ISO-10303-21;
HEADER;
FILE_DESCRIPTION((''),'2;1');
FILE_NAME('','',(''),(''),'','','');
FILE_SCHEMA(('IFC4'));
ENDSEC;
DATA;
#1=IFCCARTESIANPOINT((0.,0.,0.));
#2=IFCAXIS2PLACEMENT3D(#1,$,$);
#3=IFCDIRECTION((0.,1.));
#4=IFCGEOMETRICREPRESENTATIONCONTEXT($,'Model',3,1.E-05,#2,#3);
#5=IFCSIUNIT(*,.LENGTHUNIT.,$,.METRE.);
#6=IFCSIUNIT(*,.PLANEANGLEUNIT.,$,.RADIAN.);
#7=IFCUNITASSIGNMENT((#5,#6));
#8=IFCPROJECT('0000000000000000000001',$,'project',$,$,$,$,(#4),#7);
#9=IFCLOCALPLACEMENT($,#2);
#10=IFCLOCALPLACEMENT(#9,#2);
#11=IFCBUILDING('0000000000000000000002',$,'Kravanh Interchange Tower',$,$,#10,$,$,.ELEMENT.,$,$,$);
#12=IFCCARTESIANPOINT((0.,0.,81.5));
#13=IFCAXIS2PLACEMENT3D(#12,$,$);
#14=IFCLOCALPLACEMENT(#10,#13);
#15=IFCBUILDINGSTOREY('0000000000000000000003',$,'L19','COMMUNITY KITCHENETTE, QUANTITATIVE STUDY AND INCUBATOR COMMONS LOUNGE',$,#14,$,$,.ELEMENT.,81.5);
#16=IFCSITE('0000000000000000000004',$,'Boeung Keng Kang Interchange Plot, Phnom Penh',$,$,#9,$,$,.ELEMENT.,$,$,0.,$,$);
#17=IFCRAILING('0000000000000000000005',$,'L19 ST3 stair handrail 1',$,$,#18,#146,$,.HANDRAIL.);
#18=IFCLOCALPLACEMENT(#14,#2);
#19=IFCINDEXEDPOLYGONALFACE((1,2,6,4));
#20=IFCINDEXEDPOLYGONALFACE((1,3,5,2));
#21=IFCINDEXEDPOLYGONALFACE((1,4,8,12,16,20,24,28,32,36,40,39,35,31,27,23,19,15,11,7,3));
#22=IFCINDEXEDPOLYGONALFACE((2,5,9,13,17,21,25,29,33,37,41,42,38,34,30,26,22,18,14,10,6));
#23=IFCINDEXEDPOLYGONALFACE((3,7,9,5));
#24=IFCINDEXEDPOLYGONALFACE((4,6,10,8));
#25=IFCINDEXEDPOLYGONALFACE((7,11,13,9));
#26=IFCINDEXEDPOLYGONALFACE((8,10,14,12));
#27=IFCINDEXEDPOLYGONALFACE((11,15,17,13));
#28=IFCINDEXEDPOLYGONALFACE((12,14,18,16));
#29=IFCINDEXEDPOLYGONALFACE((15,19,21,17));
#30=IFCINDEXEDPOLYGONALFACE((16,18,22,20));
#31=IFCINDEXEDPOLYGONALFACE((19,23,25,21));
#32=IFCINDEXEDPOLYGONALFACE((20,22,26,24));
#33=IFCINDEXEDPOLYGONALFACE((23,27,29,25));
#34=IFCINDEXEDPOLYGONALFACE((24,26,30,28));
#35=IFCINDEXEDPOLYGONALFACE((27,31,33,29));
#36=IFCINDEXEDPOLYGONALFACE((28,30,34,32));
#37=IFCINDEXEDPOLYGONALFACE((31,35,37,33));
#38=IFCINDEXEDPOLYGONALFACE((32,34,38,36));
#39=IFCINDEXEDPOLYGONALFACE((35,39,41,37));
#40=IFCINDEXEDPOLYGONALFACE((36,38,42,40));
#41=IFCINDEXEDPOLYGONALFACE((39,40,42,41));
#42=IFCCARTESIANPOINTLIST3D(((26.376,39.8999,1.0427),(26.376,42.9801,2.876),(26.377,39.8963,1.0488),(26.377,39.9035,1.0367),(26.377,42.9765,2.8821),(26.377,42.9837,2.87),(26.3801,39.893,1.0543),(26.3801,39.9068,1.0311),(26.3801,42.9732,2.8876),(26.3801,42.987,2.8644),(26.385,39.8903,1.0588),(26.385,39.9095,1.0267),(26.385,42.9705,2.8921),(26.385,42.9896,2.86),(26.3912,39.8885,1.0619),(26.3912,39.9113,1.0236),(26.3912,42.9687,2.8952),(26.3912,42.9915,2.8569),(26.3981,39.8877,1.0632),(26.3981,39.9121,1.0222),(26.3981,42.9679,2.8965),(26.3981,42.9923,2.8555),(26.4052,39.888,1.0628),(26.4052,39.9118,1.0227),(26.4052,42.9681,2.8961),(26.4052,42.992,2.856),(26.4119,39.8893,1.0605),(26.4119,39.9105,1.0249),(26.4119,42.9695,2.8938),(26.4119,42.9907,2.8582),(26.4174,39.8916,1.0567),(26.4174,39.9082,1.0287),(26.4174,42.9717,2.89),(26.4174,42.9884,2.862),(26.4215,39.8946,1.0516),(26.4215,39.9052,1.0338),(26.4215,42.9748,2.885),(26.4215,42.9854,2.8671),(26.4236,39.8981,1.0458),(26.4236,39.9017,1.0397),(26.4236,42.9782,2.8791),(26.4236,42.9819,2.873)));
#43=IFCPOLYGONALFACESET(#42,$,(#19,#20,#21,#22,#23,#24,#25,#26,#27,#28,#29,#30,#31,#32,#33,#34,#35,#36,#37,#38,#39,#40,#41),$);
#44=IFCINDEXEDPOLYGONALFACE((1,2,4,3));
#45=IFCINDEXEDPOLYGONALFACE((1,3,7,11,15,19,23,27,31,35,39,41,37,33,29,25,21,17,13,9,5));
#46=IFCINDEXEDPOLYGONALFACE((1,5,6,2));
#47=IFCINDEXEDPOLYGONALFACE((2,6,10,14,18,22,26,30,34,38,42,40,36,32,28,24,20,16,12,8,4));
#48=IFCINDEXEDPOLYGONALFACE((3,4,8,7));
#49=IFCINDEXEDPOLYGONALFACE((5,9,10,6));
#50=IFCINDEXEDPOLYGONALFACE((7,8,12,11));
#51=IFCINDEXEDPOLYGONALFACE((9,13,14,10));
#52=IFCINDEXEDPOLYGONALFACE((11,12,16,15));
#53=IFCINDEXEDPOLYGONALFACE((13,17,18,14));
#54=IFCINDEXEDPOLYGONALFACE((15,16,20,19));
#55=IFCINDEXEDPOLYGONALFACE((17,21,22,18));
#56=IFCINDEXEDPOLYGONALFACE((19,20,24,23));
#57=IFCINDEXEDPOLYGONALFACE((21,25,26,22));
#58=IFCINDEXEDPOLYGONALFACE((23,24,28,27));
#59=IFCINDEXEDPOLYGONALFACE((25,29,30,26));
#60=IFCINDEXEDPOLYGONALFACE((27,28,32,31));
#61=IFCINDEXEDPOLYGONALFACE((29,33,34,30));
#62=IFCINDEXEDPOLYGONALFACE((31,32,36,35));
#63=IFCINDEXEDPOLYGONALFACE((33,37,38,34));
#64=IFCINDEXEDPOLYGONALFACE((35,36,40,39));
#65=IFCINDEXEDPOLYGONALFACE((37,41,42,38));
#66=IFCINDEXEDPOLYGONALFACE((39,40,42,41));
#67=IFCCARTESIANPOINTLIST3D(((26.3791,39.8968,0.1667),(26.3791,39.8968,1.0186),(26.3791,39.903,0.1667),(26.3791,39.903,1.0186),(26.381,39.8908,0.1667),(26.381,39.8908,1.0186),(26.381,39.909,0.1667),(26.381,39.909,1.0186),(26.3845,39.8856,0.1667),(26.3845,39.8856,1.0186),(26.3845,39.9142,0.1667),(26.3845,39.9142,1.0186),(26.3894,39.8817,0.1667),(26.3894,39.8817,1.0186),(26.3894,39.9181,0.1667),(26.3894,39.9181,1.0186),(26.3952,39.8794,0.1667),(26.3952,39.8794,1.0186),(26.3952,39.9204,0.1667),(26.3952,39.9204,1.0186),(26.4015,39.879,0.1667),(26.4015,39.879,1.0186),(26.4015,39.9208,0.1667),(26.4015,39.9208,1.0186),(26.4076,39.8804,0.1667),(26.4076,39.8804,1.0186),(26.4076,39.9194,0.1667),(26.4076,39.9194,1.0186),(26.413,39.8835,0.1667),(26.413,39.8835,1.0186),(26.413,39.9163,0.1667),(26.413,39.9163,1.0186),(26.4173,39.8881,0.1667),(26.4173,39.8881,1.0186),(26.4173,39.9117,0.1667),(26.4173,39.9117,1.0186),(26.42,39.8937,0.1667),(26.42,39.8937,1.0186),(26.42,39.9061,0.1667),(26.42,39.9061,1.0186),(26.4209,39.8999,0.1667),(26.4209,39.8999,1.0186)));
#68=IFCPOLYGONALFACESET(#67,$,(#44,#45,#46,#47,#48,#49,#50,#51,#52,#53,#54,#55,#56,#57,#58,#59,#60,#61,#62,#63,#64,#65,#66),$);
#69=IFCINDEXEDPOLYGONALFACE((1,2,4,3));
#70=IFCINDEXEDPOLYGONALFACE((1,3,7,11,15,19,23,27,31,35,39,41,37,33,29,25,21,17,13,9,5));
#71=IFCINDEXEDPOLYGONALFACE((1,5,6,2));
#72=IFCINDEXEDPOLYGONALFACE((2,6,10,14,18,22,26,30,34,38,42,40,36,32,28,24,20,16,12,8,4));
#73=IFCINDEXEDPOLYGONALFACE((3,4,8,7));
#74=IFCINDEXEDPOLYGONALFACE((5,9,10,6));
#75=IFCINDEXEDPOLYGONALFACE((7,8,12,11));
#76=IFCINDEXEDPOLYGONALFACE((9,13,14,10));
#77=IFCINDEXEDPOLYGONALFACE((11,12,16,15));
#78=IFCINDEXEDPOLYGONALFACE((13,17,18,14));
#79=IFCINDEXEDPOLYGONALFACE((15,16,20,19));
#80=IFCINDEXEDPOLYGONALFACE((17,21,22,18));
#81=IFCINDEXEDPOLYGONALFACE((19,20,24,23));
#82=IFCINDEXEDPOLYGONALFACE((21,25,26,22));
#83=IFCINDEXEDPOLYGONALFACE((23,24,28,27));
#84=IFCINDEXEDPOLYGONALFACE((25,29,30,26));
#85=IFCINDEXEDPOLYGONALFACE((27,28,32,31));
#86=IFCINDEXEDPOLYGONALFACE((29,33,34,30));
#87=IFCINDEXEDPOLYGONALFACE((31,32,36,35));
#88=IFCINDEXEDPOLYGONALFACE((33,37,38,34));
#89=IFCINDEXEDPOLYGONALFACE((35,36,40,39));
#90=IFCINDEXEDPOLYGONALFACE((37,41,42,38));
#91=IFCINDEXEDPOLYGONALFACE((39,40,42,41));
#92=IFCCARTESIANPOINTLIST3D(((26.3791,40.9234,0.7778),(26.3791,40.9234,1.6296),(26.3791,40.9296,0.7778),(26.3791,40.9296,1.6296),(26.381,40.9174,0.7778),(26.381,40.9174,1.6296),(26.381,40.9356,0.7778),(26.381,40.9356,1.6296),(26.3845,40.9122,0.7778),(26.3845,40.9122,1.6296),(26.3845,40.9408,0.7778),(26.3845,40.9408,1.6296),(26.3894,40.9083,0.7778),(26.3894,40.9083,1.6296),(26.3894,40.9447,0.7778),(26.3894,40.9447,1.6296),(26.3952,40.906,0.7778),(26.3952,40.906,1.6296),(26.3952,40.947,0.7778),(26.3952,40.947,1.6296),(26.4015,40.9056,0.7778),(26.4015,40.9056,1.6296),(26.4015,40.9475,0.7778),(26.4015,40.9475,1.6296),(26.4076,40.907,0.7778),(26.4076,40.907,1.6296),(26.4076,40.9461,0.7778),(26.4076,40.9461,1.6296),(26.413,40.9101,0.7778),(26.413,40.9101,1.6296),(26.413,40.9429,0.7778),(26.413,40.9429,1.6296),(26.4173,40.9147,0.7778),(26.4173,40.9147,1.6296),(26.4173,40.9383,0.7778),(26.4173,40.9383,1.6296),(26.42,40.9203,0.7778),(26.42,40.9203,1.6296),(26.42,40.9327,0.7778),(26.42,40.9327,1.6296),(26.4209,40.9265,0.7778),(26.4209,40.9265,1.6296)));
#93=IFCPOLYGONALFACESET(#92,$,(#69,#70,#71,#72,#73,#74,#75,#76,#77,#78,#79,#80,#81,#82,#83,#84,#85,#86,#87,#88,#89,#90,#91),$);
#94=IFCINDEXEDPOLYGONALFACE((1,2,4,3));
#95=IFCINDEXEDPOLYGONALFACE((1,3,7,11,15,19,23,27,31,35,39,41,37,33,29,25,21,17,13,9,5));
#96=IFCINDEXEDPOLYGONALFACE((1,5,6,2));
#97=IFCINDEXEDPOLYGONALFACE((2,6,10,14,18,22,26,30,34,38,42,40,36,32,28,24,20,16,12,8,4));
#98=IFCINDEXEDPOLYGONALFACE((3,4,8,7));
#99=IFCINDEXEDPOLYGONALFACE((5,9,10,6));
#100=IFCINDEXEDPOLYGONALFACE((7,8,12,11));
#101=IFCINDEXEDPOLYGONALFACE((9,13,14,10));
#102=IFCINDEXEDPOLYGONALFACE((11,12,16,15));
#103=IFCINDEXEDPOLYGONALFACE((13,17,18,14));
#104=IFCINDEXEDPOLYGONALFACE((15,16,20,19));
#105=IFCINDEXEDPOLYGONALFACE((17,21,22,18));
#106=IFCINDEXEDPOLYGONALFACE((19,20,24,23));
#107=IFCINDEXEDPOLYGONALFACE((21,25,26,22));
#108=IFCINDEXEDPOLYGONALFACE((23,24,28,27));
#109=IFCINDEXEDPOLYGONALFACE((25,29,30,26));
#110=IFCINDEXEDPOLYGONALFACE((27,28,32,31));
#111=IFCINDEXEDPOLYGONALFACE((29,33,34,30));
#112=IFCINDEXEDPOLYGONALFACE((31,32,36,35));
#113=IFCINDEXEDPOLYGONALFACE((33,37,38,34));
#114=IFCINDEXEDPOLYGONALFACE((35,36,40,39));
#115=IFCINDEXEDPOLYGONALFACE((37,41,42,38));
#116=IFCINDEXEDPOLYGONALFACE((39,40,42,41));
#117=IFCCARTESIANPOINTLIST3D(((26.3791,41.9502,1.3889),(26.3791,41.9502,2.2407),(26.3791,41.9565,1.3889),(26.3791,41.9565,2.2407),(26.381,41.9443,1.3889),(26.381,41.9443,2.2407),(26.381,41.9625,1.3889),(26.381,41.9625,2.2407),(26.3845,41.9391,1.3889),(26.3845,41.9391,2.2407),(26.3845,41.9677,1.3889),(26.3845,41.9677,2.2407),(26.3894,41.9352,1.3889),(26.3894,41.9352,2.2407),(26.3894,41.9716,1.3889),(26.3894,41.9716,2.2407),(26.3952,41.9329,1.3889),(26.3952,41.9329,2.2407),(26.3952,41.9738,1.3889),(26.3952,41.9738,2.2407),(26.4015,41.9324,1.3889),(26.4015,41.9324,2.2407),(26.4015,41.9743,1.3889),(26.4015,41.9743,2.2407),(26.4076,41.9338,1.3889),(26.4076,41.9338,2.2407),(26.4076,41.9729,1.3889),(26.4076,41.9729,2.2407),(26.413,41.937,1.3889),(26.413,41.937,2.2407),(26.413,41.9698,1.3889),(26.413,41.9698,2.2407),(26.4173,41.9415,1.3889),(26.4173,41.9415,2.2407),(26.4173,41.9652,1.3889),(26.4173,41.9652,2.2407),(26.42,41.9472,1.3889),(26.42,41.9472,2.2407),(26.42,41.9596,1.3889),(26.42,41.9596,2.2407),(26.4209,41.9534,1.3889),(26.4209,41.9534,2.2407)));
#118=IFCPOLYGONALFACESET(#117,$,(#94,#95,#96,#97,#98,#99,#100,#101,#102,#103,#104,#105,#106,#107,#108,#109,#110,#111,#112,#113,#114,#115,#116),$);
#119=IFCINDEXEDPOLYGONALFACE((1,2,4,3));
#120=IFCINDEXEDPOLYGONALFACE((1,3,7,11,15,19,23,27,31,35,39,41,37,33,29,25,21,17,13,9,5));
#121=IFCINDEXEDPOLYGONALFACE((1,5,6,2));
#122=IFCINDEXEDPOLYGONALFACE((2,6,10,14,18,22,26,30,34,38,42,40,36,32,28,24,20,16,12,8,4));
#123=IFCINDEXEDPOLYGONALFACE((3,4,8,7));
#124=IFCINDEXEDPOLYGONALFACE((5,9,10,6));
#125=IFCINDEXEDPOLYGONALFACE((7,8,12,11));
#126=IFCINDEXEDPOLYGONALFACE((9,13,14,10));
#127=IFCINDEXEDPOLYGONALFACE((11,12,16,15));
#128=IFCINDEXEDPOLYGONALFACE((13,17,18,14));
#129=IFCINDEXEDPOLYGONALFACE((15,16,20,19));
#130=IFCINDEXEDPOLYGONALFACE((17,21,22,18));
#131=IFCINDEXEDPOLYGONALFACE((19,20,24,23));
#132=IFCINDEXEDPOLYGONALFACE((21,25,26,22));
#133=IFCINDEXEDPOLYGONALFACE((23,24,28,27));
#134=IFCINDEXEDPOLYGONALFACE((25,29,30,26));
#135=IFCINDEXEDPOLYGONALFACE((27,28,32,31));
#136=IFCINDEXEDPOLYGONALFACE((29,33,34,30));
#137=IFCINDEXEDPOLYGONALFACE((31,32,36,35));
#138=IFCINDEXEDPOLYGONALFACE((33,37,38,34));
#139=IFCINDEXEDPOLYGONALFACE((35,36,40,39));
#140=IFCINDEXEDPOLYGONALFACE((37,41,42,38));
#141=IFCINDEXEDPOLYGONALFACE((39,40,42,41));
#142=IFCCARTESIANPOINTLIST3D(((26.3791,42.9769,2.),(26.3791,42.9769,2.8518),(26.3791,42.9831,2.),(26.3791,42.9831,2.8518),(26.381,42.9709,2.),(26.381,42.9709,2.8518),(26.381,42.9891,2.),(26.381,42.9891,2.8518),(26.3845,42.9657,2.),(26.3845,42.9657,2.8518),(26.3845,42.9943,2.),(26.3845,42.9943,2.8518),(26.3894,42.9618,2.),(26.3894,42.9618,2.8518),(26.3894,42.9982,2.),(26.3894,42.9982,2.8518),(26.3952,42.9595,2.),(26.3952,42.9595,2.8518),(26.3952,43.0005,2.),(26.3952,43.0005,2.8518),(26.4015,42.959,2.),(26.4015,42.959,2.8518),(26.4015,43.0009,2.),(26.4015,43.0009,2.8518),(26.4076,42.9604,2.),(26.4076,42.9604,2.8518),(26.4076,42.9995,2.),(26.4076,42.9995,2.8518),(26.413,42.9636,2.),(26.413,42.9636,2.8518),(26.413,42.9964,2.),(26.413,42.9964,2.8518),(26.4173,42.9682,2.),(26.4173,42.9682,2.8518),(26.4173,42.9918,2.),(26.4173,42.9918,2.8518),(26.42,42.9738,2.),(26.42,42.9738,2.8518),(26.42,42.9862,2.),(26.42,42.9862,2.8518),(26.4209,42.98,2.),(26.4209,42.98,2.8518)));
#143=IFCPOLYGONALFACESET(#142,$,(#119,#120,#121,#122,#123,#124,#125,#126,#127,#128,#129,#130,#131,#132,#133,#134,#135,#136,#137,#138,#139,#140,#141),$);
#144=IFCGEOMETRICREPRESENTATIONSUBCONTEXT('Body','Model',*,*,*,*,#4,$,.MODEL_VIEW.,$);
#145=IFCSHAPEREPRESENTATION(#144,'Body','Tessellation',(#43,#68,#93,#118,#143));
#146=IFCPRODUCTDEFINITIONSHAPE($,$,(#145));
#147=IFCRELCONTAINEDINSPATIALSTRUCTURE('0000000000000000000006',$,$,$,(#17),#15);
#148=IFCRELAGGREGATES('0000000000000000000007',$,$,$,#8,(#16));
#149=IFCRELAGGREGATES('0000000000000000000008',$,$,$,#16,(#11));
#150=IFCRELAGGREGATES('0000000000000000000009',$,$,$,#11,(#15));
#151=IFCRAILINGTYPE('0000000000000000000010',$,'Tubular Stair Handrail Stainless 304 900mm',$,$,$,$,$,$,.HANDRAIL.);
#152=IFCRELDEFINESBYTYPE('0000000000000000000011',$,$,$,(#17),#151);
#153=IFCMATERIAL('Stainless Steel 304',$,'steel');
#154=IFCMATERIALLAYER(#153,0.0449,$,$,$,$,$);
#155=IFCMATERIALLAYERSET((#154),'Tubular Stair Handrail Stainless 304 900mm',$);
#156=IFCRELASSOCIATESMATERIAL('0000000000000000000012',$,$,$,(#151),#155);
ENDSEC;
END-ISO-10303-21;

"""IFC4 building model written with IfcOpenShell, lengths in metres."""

from ifc_helpers import new_model, si_unit, direction, frame, origin, origin_2d, place, context, subcontext, project, spatial, circle, extrude, material, layer, layer_set, type_object, element, save


model = new_model("IFC4")

# Units and contexts
model_context = context("Model", 3, precision=1e-05, world=origin(), true_north=direction((0.0, 1.0)))
body_context = subcontext(model_context, "Body", "Model", "MODEL_VIEW")
ifc_project = project(units=[si_unit("LENGTHUNIT", "METRE"), si_unit("PLANEANGLEUNIT", "RADIAN")], contexts=[model_context])

# Site, building, storey
site_placement = place(None, origin())
site = spatial("IfcSite", under=ifc_project, at=site_placement, Name="Boeung Keng Kang Interchange Plot, Phnom Penh", CompositionType="ELEMENT", RefElevation=0.0)
building_placement = place(site_placement, origin())
building = spatial("IfcBuilding", under=site, at=building_placement, Name="Kravanh Interchange Tower", CompositionType="ELEMENT")
storey_placement = place(building_placement, frame((0.0, 0.0, 81.5)))
storey = spatial("IfcBuildingStorey", under=building, at=storey_placement, Name="L19", Description="COMMUNITY KITCHENETTE, QUANTITATIVE STUDY AND INCUBATOR COMMONS LOUNGE", CompositionType="ELEMENT", Elevation=81.5)

# Railing
ifc_material_1 = material(Name="Stainless Steel 304", Category="steel")
ifc_layer_1 = layer(ifc_material_1, 0.0449)
ifc_layer_set_1 = layer_set([ifc_layer_1], Name="Tubular Stair Handrail Stainless 304 900mm")
railing_type_1 = type_object("IfcRailingType", Name="Tubular Stair Handrail Stainless 304 900mm", PredefinedType="HANDRAIL", material=ifc_layer_set_1)
railing_1_placement = place(storey_placement, frame((26.3999, 39.8999, 0.1667)))
element("IfcRailing", 1, at=railing_1_placement, inside=storey, type_object=railing_type_1, Name="L19 ST3 stair handrail 1", PredefinedType="HANDRAIL", context=body_context, shape_type="SweptSolid", body=[
    extrude(circle(Radius=0.0239, at=origin_2d()), frame((0.0, 0.0, 0.876), z_axis=(0.0, 0.859309, 0.511458), x_axis=(-1.0, 0.0, 0.0)), (0.0, 0.0, 1.0), 3.5845),
    extrude(circle(Radius=0.021, at=origin_2d()), origin(), (0.0, 0.0, 1.0), 0.8518),
    extrude(circle(Radius=0.021, at=origin_2d()), frame((0.0, 1.0266, 0.6111)), (0.0, 0.0, 1.0), 0.8518),
    extrude(circle(Radius=0.021, at=origin_2d()), frame((0.0, 2.0535, 1.2222)), (0.0, 0.0, 1.0), 0.8518),
    extrude(circle(Radius=0.021, at=origin_2d()), frame((0.0, 3.0801, 1.8333)), (0.0, 0.0, 1.0), 0.8518),
])

save(model, "model.ifc")
